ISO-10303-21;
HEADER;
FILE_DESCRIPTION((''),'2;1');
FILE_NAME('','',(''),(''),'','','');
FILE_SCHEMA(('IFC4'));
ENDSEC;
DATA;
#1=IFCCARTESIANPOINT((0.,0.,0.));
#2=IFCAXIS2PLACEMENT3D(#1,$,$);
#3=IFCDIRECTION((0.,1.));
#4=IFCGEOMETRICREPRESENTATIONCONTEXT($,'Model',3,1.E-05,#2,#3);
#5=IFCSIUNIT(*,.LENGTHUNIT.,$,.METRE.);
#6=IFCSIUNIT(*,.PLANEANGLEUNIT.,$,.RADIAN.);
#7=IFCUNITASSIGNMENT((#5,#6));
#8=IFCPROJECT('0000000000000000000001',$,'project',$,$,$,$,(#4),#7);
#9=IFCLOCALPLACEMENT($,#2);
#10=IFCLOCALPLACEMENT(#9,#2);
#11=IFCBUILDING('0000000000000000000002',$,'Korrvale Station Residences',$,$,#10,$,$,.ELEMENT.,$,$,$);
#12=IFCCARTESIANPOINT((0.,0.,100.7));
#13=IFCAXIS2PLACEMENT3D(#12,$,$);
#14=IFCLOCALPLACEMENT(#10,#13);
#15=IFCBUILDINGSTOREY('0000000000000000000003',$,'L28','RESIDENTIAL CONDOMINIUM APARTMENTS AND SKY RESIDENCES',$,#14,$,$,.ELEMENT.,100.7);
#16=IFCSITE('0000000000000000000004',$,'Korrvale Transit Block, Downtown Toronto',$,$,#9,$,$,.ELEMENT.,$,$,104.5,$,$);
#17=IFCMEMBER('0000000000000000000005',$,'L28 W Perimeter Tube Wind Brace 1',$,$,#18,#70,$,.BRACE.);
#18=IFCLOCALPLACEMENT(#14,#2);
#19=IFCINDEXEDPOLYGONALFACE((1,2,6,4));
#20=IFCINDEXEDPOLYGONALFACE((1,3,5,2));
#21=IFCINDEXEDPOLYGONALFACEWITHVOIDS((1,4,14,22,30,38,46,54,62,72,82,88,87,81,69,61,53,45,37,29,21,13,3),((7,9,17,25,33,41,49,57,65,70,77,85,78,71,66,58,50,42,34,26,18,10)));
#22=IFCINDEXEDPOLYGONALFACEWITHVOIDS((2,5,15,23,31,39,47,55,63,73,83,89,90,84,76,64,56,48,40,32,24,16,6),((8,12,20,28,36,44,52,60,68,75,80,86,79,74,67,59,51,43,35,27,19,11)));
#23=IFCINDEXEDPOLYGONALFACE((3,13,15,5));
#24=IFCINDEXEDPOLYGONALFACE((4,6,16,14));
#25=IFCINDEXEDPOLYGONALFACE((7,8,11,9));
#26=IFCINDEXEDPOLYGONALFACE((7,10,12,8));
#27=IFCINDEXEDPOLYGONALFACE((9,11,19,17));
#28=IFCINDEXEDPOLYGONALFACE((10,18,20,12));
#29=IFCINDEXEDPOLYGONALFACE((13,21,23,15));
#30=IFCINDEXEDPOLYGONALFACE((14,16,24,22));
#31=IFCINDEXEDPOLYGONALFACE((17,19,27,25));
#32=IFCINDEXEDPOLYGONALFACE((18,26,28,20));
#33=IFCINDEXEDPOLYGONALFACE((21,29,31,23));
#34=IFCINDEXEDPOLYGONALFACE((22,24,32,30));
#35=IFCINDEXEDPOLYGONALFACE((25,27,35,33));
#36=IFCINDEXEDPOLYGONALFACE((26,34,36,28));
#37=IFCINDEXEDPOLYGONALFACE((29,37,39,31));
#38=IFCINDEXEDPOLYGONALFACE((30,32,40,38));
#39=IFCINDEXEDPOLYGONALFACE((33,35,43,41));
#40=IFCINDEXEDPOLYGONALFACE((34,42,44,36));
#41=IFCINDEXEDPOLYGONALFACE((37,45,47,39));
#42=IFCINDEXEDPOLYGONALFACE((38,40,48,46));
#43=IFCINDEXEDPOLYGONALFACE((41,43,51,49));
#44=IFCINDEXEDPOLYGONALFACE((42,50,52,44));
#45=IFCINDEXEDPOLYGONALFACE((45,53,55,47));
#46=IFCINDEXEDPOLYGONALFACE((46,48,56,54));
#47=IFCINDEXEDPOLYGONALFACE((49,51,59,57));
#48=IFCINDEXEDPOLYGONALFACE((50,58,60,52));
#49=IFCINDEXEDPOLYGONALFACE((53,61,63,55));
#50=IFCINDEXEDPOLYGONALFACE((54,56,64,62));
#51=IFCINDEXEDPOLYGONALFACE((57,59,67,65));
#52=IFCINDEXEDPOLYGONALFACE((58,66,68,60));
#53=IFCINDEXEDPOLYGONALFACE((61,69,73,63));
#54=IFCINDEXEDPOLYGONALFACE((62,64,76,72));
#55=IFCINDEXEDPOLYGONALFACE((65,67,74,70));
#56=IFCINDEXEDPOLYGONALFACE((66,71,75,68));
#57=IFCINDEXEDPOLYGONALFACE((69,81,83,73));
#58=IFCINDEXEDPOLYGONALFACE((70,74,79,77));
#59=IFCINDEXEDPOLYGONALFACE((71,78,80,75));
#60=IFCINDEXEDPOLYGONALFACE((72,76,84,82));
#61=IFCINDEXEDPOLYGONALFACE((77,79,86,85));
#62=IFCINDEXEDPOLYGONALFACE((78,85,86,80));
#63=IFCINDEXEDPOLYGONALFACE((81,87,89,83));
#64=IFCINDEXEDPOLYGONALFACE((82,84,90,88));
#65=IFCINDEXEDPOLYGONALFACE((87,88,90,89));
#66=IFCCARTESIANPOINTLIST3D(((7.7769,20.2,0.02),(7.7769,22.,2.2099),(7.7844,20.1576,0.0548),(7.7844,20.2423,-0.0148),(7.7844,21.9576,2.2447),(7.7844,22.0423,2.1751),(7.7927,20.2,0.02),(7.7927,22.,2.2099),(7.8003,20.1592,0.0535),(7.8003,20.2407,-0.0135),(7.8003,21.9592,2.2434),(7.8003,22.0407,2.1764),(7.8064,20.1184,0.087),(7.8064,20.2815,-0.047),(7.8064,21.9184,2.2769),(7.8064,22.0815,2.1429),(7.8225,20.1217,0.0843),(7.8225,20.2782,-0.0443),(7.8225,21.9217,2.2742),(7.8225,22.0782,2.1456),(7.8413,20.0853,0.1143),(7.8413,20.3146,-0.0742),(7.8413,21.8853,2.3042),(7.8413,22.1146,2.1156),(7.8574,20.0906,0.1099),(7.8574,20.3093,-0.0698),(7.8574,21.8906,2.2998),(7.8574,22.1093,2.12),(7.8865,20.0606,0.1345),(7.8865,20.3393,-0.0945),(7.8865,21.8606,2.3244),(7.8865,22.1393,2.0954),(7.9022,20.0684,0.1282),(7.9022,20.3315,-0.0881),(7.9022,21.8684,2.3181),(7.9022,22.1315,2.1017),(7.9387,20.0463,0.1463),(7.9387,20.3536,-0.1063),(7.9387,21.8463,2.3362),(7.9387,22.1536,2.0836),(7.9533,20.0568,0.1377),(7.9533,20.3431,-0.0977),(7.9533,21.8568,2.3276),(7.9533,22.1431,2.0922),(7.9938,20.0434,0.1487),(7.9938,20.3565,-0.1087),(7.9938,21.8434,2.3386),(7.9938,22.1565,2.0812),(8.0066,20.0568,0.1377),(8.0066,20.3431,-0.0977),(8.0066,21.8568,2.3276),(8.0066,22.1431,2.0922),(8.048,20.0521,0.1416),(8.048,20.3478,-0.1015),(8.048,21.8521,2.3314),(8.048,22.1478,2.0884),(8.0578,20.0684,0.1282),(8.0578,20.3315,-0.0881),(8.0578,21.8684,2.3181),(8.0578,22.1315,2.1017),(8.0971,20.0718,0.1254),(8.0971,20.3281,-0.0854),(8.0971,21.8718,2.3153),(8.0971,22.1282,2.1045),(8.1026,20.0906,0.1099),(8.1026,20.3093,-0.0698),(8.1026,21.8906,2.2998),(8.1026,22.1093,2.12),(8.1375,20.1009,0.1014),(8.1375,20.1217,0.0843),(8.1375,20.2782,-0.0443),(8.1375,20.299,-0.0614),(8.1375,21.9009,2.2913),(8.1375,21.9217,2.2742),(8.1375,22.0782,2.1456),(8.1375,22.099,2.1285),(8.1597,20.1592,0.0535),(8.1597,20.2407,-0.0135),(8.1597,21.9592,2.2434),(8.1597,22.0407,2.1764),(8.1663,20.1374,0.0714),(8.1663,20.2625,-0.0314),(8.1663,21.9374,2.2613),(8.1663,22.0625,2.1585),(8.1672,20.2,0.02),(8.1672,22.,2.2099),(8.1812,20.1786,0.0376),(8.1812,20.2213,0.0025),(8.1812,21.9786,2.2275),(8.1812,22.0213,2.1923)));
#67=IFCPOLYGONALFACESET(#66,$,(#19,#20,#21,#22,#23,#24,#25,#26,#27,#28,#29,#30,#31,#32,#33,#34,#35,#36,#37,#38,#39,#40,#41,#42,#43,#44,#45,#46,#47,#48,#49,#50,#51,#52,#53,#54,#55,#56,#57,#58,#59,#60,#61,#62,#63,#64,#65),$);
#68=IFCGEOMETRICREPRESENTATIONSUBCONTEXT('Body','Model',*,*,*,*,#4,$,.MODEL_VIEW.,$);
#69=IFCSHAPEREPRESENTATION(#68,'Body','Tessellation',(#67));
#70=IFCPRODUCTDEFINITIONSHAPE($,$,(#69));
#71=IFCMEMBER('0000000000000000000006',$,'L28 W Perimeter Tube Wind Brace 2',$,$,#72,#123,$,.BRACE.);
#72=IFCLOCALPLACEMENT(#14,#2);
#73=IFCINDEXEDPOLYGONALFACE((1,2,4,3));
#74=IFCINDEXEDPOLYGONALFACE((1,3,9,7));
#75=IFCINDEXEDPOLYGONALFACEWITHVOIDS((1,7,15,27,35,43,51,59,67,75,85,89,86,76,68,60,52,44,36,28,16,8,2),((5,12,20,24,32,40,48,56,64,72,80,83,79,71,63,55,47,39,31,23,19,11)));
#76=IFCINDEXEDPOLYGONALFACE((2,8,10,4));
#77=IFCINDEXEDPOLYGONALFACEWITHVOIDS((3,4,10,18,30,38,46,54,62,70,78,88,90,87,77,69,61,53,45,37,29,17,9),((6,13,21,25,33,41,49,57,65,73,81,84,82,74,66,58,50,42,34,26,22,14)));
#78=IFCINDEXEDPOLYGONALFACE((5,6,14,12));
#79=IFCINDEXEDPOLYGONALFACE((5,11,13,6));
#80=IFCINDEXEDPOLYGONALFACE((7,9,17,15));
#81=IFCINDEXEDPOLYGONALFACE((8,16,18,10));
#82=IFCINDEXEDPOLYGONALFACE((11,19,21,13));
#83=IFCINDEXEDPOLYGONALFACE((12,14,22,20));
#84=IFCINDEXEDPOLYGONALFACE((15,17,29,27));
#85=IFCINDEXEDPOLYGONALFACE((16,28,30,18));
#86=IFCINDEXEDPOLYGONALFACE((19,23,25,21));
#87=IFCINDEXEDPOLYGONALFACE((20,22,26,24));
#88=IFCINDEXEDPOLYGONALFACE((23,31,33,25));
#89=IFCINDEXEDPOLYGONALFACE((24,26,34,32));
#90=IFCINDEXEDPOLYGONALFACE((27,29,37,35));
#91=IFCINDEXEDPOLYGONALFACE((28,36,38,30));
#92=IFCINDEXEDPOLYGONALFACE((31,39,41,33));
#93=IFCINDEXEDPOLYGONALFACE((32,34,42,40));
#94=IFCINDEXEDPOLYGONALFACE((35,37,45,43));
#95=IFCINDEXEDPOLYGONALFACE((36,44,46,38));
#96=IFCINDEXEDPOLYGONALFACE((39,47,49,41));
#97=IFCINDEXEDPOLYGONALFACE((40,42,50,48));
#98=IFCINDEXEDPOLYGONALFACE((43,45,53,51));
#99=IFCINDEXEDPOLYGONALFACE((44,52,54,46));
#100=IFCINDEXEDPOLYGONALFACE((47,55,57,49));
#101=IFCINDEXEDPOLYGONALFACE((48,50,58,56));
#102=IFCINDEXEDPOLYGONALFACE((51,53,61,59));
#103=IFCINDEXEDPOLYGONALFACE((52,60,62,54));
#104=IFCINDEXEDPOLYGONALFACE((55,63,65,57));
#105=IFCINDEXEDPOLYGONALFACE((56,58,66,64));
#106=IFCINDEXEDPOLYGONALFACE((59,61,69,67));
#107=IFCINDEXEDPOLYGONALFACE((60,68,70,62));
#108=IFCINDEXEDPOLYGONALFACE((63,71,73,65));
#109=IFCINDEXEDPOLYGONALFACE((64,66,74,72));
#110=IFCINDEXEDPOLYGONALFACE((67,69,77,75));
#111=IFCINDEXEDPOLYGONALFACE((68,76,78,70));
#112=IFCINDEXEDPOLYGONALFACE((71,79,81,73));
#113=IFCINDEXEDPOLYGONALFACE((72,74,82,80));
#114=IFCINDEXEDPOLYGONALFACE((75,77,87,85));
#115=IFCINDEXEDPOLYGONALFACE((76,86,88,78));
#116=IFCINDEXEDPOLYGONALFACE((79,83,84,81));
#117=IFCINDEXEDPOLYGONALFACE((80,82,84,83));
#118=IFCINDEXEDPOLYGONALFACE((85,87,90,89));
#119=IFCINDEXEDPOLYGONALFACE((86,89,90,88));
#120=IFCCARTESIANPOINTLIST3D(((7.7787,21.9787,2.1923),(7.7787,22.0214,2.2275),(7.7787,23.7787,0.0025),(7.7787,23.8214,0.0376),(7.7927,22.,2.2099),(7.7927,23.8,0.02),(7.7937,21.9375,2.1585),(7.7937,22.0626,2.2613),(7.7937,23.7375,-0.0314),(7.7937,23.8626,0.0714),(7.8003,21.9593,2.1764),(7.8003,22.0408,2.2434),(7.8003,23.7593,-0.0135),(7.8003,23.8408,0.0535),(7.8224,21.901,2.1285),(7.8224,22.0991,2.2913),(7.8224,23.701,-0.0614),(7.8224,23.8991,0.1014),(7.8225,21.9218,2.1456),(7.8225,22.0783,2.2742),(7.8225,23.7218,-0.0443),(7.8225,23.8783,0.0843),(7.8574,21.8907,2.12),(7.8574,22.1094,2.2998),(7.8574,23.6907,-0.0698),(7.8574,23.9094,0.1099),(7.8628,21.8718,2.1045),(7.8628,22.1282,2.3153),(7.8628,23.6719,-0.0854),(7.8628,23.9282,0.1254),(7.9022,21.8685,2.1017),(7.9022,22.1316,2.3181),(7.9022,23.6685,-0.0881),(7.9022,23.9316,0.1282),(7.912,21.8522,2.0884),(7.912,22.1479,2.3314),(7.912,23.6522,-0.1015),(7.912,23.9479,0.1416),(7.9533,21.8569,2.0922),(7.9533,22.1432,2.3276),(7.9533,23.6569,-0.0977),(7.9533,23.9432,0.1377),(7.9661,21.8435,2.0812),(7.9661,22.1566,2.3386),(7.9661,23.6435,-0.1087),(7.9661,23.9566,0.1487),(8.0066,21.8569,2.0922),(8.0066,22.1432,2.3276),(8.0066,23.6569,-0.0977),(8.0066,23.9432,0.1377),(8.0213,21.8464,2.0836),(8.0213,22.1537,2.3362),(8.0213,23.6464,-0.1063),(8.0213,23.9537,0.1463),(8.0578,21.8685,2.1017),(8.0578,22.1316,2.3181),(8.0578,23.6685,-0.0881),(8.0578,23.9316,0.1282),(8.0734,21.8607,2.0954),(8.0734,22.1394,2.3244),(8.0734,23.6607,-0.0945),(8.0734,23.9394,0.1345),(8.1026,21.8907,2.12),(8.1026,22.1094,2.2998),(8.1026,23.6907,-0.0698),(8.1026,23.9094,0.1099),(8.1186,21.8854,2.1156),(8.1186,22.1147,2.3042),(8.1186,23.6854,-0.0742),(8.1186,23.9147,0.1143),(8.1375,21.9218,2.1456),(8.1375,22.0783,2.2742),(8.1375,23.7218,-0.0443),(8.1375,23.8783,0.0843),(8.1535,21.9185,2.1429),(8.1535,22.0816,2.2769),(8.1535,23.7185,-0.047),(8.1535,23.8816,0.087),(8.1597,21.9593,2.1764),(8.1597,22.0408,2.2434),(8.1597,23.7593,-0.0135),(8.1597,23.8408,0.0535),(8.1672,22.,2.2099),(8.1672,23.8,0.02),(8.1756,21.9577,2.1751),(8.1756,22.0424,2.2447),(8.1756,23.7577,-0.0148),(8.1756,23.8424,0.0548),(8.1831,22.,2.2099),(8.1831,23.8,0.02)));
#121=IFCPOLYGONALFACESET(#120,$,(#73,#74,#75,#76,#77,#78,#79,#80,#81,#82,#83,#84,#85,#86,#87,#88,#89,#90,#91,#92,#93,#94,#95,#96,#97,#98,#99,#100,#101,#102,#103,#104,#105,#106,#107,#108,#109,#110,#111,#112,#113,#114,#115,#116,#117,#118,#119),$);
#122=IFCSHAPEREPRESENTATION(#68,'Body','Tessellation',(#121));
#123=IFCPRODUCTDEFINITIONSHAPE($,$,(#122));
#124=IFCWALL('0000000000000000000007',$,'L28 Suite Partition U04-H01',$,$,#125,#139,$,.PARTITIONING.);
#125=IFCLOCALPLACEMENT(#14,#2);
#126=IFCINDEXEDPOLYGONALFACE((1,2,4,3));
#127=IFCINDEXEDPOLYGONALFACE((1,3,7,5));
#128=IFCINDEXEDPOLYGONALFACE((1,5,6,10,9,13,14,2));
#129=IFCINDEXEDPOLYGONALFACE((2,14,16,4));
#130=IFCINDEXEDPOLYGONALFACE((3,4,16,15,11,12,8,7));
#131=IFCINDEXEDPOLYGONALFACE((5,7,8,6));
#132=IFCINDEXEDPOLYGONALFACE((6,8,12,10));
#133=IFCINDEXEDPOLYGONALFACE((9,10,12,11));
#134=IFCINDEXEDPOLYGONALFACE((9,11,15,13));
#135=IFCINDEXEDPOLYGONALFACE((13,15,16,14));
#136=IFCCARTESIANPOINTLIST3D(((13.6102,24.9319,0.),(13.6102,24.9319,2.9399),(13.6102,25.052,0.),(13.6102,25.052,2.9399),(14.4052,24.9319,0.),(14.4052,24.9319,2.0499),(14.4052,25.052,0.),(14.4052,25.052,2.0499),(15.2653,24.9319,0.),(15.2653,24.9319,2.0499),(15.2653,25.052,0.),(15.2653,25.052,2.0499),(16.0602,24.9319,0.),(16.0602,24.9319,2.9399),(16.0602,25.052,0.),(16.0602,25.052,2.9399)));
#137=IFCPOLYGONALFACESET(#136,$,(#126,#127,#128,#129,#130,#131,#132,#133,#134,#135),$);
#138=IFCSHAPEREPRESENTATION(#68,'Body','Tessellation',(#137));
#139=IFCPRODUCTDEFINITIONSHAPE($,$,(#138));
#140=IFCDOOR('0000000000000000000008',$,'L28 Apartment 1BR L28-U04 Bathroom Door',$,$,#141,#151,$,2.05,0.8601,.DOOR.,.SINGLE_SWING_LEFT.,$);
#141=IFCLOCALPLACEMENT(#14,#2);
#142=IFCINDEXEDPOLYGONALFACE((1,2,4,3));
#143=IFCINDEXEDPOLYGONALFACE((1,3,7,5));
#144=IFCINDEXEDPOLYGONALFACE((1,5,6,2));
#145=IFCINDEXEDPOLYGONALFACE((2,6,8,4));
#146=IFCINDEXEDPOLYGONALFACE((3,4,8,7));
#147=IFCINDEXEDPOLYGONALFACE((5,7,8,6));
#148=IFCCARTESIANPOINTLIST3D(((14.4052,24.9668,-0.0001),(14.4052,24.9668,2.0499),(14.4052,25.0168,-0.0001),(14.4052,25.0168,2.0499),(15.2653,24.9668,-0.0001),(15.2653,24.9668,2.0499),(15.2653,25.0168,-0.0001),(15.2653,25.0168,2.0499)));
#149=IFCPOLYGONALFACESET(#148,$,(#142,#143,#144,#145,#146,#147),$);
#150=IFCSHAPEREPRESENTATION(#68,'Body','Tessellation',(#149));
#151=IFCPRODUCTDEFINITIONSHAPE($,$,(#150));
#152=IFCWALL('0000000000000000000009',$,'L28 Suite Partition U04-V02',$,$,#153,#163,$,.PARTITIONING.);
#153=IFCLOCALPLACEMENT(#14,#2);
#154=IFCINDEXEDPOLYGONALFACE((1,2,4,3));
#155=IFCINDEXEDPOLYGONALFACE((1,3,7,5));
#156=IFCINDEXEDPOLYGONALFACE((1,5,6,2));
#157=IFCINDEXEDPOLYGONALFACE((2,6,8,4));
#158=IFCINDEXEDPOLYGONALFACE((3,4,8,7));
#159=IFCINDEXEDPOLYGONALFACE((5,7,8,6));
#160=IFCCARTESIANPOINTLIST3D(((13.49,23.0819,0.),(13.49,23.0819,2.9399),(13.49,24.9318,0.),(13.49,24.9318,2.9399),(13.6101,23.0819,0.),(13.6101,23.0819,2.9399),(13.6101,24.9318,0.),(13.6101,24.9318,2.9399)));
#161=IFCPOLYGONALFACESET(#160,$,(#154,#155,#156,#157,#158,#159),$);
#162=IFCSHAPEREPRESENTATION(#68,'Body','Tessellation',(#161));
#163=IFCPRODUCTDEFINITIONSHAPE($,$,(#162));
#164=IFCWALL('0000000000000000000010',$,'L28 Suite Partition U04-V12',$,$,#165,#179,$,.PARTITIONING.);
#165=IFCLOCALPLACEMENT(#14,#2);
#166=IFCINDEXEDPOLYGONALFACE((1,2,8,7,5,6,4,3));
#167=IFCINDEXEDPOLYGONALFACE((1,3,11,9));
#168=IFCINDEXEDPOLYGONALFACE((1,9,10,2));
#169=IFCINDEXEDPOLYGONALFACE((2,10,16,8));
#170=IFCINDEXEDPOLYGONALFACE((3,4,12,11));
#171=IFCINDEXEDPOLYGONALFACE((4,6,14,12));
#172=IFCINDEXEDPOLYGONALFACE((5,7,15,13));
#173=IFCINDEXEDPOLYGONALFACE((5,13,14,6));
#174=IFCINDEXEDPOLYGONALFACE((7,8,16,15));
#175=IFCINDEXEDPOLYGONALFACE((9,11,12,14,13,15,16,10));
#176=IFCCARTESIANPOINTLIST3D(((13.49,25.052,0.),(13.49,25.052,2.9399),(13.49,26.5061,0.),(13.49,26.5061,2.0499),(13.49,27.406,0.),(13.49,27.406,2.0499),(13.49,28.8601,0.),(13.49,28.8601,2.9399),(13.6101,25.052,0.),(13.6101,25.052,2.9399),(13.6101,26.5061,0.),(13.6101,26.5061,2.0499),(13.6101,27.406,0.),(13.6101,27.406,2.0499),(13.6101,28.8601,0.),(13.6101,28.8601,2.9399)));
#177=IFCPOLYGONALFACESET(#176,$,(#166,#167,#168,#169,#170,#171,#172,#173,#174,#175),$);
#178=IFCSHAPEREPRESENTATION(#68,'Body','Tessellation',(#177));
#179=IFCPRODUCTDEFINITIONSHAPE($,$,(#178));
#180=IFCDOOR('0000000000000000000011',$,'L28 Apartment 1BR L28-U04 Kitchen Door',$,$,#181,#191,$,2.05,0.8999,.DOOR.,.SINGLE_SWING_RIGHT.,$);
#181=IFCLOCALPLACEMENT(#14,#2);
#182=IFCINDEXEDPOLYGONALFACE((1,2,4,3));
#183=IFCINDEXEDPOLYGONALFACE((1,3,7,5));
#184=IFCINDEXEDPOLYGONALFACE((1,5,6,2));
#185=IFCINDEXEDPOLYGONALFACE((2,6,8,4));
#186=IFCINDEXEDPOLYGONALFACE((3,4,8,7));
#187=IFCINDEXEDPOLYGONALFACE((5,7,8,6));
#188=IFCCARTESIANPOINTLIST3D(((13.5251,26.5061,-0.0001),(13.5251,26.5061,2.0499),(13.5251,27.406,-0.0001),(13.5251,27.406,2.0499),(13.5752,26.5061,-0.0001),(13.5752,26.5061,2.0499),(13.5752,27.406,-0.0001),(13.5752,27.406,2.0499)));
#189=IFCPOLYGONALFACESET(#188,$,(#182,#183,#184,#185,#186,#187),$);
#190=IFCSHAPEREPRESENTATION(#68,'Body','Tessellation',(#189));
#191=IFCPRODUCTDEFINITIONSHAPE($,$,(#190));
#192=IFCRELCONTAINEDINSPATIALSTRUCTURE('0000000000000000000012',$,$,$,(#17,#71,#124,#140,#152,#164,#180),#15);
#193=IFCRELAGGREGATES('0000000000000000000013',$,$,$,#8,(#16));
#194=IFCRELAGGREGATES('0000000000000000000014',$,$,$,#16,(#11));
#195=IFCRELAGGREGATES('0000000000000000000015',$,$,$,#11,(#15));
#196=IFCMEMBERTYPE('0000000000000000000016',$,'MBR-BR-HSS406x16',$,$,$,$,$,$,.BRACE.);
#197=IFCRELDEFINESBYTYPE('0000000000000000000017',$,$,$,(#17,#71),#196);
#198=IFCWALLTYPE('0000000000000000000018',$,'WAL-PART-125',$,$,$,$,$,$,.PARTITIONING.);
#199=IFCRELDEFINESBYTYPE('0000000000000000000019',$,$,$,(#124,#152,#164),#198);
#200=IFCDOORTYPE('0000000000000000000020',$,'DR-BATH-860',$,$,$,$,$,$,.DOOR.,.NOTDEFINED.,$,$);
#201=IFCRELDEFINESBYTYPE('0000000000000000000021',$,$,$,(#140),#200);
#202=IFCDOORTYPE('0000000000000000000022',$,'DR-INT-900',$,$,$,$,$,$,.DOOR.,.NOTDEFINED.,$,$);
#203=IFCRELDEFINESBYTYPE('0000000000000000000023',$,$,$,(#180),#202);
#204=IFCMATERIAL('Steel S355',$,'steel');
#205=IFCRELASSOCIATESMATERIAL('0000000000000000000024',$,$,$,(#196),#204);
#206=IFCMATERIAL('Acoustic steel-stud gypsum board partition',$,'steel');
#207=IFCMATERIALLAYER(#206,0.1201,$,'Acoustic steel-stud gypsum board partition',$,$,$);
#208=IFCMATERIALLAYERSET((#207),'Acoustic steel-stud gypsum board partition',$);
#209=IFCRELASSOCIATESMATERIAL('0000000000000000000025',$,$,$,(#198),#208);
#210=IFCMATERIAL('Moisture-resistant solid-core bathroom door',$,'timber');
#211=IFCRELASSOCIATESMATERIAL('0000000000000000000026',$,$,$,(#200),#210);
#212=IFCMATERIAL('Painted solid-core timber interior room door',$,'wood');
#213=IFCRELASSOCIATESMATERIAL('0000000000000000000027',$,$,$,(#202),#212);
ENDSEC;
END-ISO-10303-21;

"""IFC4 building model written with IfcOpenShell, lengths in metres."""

from ifc_helpers import new_model, si_unit, direction, frame, frame_2d, origin, origin_2d, place, context, subcontext, project, spatial, rectangle, hollow_circle, extrude, material, layer, layer_set, material_profile, profile_set, type_object, element, fill, save


model = new_model("IFC4")

# Units and contexts
model_context = context("Model", 3, precision=1e-05, world=origin(), true_north=direction((0.0, 1.0)))
body_context = subcontext(model_context, "Body", "Model", "MODEL_VIEW")
ifc_project = project(units=[si_unit("LENGTHUNIT", "METRE"), si_unit("PLANEANGLEUNIT", "RADIAN")], contexts=[model_context])

# Site, building, storey
site_placement = place(None, origin())
site = spatial("IfcSite", under=ifc_project, at=site_placement, Name="Korrvale Transit Block, Downtown Toronto", CompositionType="ELEMENT", RefElevation=104.5)
building_placement = place(site_placement, origin())
building = spatial("IfcBuilding", under=site, at=building_placement, Name="Korrvale Station Residences", CompositionType="ELEMENT")
storey_placement = place(building_placement, frame((0.0, 0.0, 100.7)))
storey = spatial("IfcBuildingStorey", under=building, at=storey_placement, Name="L28", Description="RESIDENTIAL CONDOMINIUM APARTMENTS AND SKY RESIDENCES", CompositionType="ELEMENT", Elevation=100.7)

# Shared definitions
ifc_material_1 = material(Name="Steel S355", Category="steel")

# Members
ifc_material_profile_1 = material_profile(ifc_material_1, hollow_circle(Radius=0.2031, WallThickness=0.0159, at=origin_2d()), Name="HSS406x16")
ifc_profile_set_1 = profile_set([ifc_material_profile_1], Name="Steel S355")
member_type = type_object("IfcMemberType", Name="MBR-BR-HSS406x16", PredefinedType="BRACE", material=ifc_profile_set_1)
for number, where, z_axis, x_axis, name in (
    (1, (7.98, 20.2, 0.02), (0.0, 0.634985, 0.772524), (-1.0, 0.0, 0.0), "L28 W Perimeter Tube Wind Brace 1"),
    (2, (7.98, 23.8, 0.02), (0.0, -0.634985, 0.772524), (1.0, 0.0, 0.0), "L28 W Perimeter Tube Wind Brace 2"),
):
    element("IfcMember", number, at=place(storey_placement, frame(where, z_axis=z_axis, x_axis=x_axis)), inside=storey, type_object=member_type, Name=name, PredefinedType="BRACE", context=body_context, shape_type="SweptSolid", body=[
        extrude(hollow_circle(Radius=0.2031, WallThickness=0.0159, at=origin_2d()), origin(), (0.0, 0.0, 1.0), 2.8347),
    ])

# Wall, opening, door
ifc_material_2 = material(Name="Acoustic steel-stud gypsum board partition", Category="steel")
ifc_layer_1 = layer(ifc_material_2, 0.1201, Name="Acoustic steel-stud gypsum board partition")
ifc_layer_set_1 = layer_set([ifc_layer_1], Name="Acoustic steel-stud gypsum board partition")
wall_type_1 = type_object("IfcWallType", Name="WAL-PART-125", PredefinedType="PARTITIONING", material=ifc_layer_set_1)
wall_1_placement = place(storey_placement, frame((13.6101, 24.9919, 0.0), z_axis=(0.0, 0.0, 1.0), x_axis=(1.0, 0.0, 0.0)))
wall_1 = element("IfcWall", 3, at=wall_1_placement, inside=storey, type_object=wall_type_1, Name="L28 Suite Partition U04-H01", PredefinedType="PARTITIONING", context=body_context, shape_type="SweptSolid", body=[
    extrude(rectangle(XDim=2.45, YDim=0.1201, at=frame_2d((1.2251, 0.0))), origin(), (0.0, 0.0, 1.0), 2.9399),
])
opening_1_placement = place(wall_1_placement, frame((0.7949, 0.0, 0.0)))
opening_1 = element("IfcOpeningElement", 4, at=opening_1_placement, cuts=wall_1, PredefinedType="OPENING", context=body_context, shape_type="SweptSolid", body=[
    extrude(rectangle(XDim=0.8601, YDim=2.05, at=frame_2d((0.4302, 1.0249))), frame((0.0, 0.0701, 0.0), z_axis=(0.0, -1.0, 0.0), x_axis=(1.0, 0.0, 0.0)), (0.0, 0.0, 1.0), 0.1401),
])
ifc_material_3 = material(Name="Moisture-resistant solid-core bathroom door", Category="timber")
door_type_1 = type_object("IfcDoorType", Name="DR-BATH-860", OperationType="NOTDEFINED", PredefinedType="DOOR", material=ifc_material_3)
door_1_placement = place(opening_1_placement, origin())
door_1 = element("IfcDoor", 5, at=door_1_placement, inside=storey, type_object=door_type_1, Name="L28 Apartment 1BR L28-U04 Bathroom Door", OperationType="SINGLE_SWING_LEFT", OverallHeight=2.05, OverallWidth=0.8601, PredefinedType="DOOR", context=body_context, shape_type="SweptSolid", body=[
    extrude(rectangle(XDim=0.8601, YDim=2.05, at=frame_2d((0.4302, 1.0249))), frame((0.0, 0.0249, 0.0), z_axis=(0.0, -1.0, 0.0), x_axis=(1.0, 0.0, 0.0)), (0.0, 0.0, 1.0), 0.05),
])
fill(opening_1, door_1)

# Wall
wall_2_placement = place(storey_placement, frame((13.55, 23.082, 0.0), z_axis=(0.0, 0.0, 1.0), x_axis=(0.0, 1.0, 0.0)))
element("IfcWall", 6, at=wall_2_placement, inside=storey, type_object=wall_type_1, Name="L28 Suite Partition U04-V02", PredefinedType="PARTITIONING", context=body_context, shape_type="SweptSolid", body=[
    extrude(rectangle(XDim=1.8499, YDim=0.1201, at=frame_2d((0.9248, 0.0))), origin(), (0.0, 0.0, 1.0), 2.9399),
])

# Wall, opening, door
wall_3_placement = place(storey_placement, frame((13.55, 25.052, 0.0), z_axis=(0.0, 0.0, 1.0), x_axis=(0.0, 1.0, 0.0)))
wall_3 = element("IfcWall", 7, at=wall_3_placement, inside=storey, type_object=wall_type_1, Name="L28 Suite Partition U04-V12", PredefinedType="PARTITIONING", context=body_context, shape_type="SweptSolid", body=[
    extrude(rectangle(XDim=3.8081, YDim=0.1201, at=frame_2d((1.9041, 0.0))), origin(), (0.0, 0.0, 1.0), 2.9399),
])
opening_2_placement = place(wall_3_placement, frame((1.4541, 0.0, 0.0)))
opening_2 = element("IfcOpeningElement", 8, at=opening_2_placement, cuts=wall_3, PredefinedType="OPENING", context=body_context, shape_type="SweptSolid", body=[
    extrude(rectangle(XDim=0.8999, YDim=2.05, at=frame_2d((0.45, 1.0249))), frame((0.0, 0.0701, 0.0), z_axis=(0.0, -1.0, 0.0), x_axis=(1.0, 0.0, 0.0)), (0.0, 0.0, 1.0), 0.1401),
])
ifc_material_4 = material(Name="Painted solid-core timber interior room door", Category="wood")
door_type_2 = type_object("IfcDoorType", Name="DR-INT-900", OperationType="NOTDEFINED", PredefinedType="DOOR", material=ifc_material_4)
door_2_placement = place(opening_2_placement, origin())
door_2 = element("IfcDoor", 9, at=door_2_placement, inside=storey, type_object=door_type_2, Name="L28 Apartment 1BR L28-U04 Kitchen Door", OperationType="SINGLE_SWING_RIGHT", OverallHeight=2.05, OverallWidth=0.8999, PredefinedType="DOOR", context=body_context, shape_type="SweptSolid", body=[
    extrude(rectangle(XDim=0.8999, YDim=2.05, at=frame_2d((0.45, 1.0249))), frame((0.0, 0.0249, 0.0), z_axis=(0.0, -1.0, 0.0), x_axis=(1.0, 0.0, 0.0)), (0.0, 0.0, 1.0), 0.05),
])
fill(opening_2, door_2)

save(model, "model.ifc")
